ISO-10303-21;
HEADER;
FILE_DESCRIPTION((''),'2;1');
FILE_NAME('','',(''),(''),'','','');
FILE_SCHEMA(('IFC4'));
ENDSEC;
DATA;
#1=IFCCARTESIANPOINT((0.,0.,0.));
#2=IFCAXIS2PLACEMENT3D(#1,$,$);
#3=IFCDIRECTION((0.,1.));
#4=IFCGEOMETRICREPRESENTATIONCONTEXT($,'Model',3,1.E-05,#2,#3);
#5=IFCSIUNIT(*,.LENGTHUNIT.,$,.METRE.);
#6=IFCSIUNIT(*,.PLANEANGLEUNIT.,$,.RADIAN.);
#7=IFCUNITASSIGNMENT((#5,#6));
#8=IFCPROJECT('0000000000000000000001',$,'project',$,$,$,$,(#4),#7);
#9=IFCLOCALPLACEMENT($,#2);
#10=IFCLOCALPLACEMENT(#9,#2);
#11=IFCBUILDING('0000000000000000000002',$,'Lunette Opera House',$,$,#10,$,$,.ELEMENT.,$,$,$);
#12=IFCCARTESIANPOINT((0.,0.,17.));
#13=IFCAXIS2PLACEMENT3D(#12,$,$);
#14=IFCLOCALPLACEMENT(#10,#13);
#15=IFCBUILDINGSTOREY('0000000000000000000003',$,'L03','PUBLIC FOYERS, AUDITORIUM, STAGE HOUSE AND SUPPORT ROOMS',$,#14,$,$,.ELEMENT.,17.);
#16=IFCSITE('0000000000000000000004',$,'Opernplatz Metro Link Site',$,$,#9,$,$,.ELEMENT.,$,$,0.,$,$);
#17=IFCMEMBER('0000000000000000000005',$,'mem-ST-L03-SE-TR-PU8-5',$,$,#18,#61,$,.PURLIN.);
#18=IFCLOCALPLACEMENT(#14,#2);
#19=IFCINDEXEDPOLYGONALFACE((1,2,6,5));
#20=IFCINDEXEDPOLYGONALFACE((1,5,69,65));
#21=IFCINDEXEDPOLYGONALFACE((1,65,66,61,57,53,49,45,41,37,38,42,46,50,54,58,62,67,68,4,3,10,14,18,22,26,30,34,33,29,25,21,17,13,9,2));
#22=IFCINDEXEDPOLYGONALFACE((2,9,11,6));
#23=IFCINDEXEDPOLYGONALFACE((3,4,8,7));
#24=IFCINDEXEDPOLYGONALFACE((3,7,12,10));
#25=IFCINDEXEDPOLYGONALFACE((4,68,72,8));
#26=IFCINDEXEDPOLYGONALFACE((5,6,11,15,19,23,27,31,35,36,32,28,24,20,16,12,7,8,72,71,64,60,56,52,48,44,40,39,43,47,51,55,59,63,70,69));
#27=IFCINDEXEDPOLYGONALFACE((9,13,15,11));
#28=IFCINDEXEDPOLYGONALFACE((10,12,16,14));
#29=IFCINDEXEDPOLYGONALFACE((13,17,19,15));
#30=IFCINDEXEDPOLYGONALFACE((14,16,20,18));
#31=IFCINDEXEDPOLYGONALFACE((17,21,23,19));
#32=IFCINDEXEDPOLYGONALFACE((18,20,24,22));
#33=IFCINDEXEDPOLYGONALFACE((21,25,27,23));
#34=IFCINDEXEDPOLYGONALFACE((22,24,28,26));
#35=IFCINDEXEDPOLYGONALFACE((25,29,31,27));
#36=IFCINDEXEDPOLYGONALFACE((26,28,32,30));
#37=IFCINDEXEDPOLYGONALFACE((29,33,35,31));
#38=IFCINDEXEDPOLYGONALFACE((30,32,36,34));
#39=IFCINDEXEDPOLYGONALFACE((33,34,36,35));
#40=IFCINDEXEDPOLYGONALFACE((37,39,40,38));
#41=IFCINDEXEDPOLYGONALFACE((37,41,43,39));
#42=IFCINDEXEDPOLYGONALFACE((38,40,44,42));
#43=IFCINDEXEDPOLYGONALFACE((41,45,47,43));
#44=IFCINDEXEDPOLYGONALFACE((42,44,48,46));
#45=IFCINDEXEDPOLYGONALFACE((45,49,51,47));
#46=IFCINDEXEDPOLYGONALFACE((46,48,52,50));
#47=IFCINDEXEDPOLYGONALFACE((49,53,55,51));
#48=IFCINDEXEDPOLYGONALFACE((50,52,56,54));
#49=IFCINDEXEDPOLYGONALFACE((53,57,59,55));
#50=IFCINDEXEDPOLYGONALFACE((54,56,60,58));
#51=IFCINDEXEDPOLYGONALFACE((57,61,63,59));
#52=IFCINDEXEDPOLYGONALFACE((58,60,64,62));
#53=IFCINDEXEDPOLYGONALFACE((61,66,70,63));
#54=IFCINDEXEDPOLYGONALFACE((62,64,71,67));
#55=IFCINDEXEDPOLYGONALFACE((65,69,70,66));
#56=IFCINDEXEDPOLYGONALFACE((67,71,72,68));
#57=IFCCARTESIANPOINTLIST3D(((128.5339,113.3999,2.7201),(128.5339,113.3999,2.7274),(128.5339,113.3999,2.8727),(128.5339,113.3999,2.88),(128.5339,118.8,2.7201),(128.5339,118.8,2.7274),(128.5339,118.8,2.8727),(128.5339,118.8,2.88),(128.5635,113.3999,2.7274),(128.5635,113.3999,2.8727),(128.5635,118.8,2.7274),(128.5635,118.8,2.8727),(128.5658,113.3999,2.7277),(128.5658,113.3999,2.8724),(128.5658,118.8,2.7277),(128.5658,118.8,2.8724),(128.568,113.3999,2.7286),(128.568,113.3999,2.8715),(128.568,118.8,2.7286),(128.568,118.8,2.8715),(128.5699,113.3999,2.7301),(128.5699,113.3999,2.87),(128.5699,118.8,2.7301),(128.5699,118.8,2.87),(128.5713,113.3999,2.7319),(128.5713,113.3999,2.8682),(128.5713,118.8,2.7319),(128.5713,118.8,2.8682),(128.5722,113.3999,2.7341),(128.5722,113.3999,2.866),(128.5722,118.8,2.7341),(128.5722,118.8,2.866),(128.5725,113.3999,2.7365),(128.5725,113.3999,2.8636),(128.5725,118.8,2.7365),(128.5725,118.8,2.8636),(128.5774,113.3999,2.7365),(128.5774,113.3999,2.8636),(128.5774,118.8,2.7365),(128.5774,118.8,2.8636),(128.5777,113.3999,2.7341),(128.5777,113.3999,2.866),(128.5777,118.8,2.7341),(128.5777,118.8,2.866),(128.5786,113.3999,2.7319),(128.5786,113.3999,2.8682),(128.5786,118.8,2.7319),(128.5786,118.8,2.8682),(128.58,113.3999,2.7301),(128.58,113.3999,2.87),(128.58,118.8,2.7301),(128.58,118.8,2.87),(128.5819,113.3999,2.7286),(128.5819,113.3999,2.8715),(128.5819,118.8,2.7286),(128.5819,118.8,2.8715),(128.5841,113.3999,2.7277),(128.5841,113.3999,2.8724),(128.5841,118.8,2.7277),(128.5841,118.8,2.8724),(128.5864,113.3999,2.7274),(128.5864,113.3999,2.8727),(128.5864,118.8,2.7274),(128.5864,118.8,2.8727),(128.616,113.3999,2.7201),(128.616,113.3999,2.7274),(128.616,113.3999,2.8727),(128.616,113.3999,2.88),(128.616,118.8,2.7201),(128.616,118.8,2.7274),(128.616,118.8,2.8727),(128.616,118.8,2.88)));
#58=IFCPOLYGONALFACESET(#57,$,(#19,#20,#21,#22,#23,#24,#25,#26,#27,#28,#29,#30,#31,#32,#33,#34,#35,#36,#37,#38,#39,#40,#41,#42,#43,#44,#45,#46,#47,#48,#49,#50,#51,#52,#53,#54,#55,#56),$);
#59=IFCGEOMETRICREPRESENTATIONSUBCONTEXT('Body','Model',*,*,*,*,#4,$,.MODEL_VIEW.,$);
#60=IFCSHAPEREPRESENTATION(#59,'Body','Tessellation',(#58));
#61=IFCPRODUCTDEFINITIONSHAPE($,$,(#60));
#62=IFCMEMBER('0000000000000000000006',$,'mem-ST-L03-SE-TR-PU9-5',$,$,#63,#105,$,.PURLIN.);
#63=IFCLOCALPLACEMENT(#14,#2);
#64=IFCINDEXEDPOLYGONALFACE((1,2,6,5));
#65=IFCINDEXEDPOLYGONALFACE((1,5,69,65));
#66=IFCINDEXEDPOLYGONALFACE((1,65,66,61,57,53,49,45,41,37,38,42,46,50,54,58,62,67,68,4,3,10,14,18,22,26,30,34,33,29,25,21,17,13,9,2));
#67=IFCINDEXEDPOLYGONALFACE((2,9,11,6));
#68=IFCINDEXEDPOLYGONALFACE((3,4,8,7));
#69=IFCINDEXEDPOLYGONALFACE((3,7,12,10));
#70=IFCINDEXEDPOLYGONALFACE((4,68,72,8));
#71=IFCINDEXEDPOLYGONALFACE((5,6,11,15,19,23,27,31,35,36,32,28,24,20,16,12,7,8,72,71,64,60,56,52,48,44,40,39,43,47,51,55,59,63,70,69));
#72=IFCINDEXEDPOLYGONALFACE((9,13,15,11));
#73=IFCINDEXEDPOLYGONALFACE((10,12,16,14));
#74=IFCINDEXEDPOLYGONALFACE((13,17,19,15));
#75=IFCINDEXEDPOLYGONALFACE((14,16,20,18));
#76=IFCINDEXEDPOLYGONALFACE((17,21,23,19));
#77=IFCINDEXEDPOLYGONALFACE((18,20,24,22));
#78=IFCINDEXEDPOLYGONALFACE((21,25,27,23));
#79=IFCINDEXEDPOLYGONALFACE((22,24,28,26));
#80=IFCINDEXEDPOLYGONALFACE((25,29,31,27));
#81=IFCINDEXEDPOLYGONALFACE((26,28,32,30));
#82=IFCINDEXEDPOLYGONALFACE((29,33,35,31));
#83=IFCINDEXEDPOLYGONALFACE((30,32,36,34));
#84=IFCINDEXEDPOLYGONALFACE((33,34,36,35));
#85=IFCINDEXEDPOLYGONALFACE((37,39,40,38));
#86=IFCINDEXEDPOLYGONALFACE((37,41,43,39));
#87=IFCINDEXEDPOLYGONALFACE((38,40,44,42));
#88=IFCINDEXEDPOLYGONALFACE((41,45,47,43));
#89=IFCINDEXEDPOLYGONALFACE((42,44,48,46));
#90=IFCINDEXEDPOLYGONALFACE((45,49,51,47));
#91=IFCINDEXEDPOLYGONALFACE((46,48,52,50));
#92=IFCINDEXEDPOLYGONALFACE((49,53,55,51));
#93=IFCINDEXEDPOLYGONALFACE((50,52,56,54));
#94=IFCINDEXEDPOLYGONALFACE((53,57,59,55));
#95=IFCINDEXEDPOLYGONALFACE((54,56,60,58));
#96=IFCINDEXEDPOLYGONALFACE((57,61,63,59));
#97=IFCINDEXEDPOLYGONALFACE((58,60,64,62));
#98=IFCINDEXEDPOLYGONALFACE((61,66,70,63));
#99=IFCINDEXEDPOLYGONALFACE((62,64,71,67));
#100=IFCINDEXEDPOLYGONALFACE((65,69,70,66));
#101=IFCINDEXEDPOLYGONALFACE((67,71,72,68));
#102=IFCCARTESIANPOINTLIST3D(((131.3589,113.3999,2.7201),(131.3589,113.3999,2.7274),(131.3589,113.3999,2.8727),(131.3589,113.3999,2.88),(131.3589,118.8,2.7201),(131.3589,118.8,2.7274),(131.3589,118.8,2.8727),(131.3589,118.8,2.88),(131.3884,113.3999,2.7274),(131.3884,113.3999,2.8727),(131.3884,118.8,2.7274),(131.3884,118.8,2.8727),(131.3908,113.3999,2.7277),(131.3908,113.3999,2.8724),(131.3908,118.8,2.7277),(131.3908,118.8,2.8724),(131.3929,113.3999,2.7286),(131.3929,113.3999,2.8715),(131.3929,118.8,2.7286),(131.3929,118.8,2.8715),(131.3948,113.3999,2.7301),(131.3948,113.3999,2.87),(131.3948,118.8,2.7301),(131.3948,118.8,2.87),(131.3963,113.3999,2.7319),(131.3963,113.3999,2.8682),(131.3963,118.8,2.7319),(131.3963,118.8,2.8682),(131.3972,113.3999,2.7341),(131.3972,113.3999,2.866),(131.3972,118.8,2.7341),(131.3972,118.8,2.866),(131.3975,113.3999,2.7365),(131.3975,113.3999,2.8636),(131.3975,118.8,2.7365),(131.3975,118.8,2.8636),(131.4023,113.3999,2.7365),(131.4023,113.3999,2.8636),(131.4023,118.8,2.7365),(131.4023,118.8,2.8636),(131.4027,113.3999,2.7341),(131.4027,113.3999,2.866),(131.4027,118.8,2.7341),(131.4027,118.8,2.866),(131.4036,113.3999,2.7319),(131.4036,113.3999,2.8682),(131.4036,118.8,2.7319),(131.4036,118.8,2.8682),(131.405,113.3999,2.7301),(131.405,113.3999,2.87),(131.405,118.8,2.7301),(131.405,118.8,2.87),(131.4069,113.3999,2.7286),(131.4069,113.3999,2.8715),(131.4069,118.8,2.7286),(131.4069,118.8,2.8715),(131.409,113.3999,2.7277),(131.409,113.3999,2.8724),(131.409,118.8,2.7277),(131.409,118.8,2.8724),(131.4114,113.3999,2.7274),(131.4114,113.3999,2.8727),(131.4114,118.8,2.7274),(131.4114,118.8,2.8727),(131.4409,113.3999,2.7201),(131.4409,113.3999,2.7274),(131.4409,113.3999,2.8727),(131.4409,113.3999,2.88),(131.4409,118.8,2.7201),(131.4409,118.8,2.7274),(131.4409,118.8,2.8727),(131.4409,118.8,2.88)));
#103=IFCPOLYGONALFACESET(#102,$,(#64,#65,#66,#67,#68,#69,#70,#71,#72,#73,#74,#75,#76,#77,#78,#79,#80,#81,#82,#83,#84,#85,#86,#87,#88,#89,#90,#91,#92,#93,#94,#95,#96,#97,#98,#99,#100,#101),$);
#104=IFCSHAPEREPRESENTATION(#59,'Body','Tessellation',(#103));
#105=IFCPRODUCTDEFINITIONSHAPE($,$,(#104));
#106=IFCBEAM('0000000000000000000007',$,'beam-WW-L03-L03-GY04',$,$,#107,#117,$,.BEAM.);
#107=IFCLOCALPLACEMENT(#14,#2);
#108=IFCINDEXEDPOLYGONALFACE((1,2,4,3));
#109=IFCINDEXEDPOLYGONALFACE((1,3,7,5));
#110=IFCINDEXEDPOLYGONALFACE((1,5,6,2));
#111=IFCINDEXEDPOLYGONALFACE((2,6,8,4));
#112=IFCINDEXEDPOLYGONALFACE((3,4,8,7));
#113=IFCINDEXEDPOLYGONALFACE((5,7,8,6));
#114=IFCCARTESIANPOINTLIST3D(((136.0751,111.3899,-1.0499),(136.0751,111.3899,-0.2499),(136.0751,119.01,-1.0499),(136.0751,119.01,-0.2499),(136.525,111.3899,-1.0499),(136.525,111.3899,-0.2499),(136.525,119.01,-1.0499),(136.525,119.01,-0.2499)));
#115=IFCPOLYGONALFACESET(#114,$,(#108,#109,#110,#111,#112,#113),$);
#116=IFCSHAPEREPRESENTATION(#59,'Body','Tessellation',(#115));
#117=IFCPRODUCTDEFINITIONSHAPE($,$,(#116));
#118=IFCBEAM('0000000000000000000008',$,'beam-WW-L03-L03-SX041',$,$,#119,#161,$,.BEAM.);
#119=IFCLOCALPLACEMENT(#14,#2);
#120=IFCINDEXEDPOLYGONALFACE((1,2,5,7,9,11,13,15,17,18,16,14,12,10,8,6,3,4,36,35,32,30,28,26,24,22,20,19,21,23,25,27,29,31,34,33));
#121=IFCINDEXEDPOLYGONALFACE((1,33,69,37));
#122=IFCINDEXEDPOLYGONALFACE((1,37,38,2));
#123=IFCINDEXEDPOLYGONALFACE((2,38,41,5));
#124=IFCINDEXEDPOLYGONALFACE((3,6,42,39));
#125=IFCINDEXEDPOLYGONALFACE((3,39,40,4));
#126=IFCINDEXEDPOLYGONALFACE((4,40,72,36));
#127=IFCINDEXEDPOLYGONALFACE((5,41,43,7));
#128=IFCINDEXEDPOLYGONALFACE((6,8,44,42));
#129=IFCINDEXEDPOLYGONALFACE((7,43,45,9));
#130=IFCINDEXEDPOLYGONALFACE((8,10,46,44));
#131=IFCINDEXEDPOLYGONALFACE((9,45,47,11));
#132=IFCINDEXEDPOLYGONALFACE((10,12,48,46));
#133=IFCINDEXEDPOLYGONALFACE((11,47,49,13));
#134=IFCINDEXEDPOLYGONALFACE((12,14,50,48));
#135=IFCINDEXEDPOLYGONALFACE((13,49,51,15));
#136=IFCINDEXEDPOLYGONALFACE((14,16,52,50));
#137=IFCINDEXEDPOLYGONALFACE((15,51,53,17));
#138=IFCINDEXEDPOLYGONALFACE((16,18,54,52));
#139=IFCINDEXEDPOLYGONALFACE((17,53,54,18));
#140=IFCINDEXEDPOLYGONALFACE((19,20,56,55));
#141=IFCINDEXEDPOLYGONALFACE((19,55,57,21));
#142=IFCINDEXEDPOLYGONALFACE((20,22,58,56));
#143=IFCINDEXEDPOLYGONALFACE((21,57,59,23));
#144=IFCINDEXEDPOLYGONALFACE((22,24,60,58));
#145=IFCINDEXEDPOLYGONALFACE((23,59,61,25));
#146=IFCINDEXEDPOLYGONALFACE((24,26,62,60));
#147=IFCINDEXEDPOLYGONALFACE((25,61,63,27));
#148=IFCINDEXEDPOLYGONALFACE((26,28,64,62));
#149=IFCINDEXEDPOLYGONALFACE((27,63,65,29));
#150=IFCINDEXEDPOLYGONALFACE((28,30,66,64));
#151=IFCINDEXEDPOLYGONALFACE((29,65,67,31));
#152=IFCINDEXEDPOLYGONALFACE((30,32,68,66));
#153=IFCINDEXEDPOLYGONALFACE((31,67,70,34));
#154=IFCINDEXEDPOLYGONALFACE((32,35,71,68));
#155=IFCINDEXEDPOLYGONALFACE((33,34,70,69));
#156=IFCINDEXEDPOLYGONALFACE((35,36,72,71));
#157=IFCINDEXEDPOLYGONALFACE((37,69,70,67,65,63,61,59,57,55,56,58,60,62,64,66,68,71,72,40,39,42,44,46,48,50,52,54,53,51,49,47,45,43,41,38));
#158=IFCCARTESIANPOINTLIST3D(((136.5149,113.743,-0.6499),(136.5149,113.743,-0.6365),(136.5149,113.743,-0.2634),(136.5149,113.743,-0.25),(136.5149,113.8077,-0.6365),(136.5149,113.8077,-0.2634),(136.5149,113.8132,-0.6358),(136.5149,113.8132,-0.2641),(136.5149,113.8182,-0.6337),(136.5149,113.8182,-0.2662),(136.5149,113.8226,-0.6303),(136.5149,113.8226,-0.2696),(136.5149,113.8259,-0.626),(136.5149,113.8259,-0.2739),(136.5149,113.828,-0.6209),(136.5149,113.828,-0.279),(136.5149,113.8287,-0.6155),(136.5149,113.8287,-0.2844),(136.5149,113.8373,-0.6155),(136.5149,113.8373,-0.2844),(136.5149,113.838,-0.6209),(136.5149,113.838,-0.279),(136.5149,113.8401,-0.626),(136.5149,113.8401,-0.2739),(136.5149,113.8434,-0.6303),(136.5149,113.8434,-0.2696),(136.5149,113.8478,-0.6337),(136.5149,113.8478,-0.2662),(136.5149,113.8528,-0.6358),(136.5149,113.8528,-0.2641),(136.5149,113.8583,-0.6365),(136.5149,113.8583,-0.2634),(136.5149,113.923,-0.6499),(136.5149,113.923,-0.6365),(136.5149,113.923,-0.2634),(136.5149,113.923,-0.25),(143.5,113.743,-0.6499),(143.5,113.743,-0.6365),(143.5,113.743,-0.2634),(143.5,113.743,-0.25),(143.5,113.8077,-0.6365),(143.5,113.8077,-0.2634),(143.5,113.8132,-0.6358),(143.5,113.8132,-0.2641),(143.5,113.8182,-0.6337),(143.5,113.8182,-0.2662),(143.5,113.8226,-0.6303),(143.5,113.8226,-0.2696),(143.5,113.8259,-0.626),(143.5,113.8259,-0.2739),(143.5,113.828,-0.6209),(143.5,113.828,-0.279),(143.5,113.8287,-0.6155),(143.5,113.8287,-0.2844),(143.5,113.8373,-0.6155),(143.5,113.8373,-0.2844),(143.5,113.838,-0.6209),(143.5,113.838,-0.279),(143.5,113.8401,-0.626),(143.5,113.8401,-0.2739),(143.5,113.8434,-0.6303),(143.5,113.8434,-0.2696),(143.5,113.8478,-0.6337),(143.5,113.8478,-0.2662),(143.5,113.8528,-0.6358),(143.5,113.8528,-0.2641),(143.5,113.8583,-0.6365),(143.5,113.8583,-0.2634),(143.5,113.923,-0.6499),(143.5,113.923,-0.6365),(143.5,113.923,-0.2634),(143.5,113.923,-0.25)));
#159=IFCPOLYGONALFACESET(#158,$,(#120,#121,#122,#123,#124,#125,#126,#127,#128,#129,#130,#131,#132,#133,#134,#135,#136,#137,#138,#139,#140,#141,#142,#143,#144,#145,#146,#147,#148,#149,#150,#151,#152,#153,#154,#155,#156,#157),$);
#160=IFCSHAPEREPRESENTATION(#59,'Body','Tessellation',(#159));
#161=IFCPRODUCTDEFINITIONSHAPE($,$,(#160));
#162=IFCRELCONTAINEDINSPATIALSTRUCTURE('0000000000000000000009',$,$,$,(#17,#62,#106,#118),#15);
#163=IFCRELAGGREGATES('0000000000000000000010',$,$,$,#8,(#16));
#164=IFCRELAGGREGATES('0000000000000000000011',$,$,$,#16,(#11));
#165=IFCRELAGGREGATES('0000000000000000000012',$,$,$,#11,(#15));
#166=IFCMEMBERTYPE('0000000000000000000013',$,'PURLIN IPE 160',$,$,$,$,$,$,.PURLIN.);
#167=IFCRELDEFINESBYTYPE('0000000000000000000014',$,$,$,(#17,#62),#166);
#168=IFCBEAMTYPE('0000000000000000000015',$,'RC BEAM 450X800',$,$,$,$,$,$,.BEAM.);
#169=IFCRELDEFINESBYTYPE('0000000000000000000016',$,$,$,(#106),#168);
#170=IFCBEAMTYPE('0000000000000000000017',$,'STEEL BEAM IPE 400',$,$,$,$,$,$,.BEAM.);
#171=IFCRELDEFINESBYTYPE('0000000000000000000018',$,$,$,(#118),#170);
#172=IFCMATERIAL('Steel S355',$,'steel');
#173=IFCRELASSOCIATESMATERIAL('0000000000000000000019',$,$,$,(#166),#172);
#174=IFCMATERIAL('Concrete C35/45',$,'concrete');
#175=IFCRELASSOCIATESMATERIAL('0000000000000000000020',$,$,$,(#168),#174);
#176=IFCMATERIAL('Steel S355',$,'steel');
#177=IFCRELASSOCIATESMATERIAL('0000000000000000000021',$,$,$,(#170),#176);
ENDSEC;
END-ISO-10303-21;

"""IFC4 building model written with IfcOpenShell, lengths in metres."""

from ifc_helpers import new_model, si_unit, direction, frame, origin, origin_2d, place, context, subcontext, project, spatial, rectangle, i_section, extrude, material, material_profile, profile_set, type_object, element, save


model = new_model("IFC4")

# Units and contexts
model_context = context("Model", 3, precision=1e-05, world=origin(), true_north=direction((0.0, 1.0)))
body_context = subcontext(model_context, "Body", "Model", "MODEL_VIEW")
ifc_project = project(units=[si_unit("LENGTHUNIT", "METRE"), si_unit("PLANEANGLEUNIT", "RADIAN")], contexts=[model_context])

# Site, building, storey
site_placement = place(None, origin())
site = spatial("IfcSite", under=ifc_project, at=site_placement, Name="Opernplatz Metro Link Site", CompositionType="ELEMENT", RefElevation=0.0)
building_placement = place(site_placement, origin())
building = spatial("IfcBuilding", under=site, at=building_placement, Name="Lunette Opera House", CompositionType="ELEMENT")
storey_placement = place(building_placement, frame((0.0, 0.0, 17.0)))
storey = spatial("IfcBuildingStorey", under=building, at=storey_placement, Name="L03", Description="PUBLIC FOYERS, AUDITORIUM, STAGE HOUSE AND SUPPORT ROOMS", CompositionType="ELEMENT", Elevation=17.0)

# Members
ifc_material_1 = material(Name="Steel S355", Category="steel")
ifc_material_profile_1 = material_profile(ifc_material_1, i_section(OverallWidth=0.082, OverallDepth=0.1599, WebThickness=0.0049, FlangeThickness=0.0073, FilletRadius=0.009, at=origin_2d()), Name="IPE 160")
ifc_profile_set_1 = profile_set([ifc_material_profile_1], Name="Steel S355")
member_type_1 = type_object("IfcMemberType", Name="PURLIN IPE 160", PredefinedType="PURLIN", material=ifc_profile_set_1)
for number, where, z_axis, x_axis, name in (
    (1, (128.575, 113.3999, 2.8), (0.0, 1.0, 0.0), (-1.0, 0.0, 0.0), "mem-ST-L03-SE-TR-PU8-5"),
    (2, (131.3999, 113.3999, 2.8), (0.0, 1.0, 0.0), (-1.0, 0.0, 0.0), "mem-ST-L03-SE-TR-PU9-5"),
):
    element("IfcMember", number, at=place(storey_placement, frame(where, z_axis=z_axis, x_axis=x_axis)), inside=storey, type_object=member_type_1, Name=name, PredefinedType="PURLIN", context=body_context, shape_type="SweptSolid", body=[
        extrude(i_section(OverallWidth=0.082, OverallDepth=0.1599, WebThickness=0.0049, FlangeThickness=0.0073, FilletRadius=0.009, at=origin_2d()), origin(), (0.0, 0.0, 1.0), 5.4001),
    ])

# Beams
ifc_material_2 = material(Name="Concrete C35/45", Category="concrete")
ifc_material_profile_2 = material_profile(ifc_material_2, rectangle(XDim=0.45, YDim=0.8, at=origin_2d()), Name="RC BEAM 450X800")
ifc_profile_set_2 = profile_set([ifc_material_profile_2], Name="Concrete C35/45")
beam_type_1 = type_object("IfcBeamType", Name="RC BEAM 450X800", PredefinedType="BEAM", material=ifc_profile_set_2)
beam_placement = place(storey_placement, frame((136.3, 111.3899, -0.6499), z_axis=(0.0, 1.0, 0.0), x_axis=(-1.0, 0.0, 0.0)))
element("IfcBeam", 3, at=beam_placement, inside=storey, type_object=beam_type_1, Name="beam-WW-L03-L03-GY04", PredefinedType="BEAM", context=body_context, shape_type="SweptSolid", body=[
    extrude(rectangle(XDim=0.45, YDim=0.8, at=origin_2d()), origin(), (0.0, 0.0, 1.0), 7.6201),
])
ifc_material_3 = material(Name="Steel S355", Category="steel")
ifc_material_profile_3 = material_profile(ifc_material_3, i_section(OverallWidth=0.1799, OverallDepth=0.3999, WebThickness=0.0085, FlangeThickness=0.0134, FilletRadius=0.021, at=origin_2d()), Name="IPE 400")
ifc_profile_set_3 = profile_set([ifc_material_profile_3], Name="Steel S355")
beam_type_2 = type_object("IfcBeamType", Name="STEEL BEAM IPE 400", PredefinedType="BEAM", material=ifc_profile_set_3)
for number, where, z_axis, x_axis, name in (
    (4, (136.5149, 113.833, -0.45), (1.0, 0.0, 0.0), (0.0, 1.0, 0.0), "beam-WW-L03-L03-SX041"),
):
    element("IfcBeam", number, at=place(storey_placement, frame(where, z_axis=z_axis, x_axis=x_axis)), inside=storey, type_object=beam_type_2, Name=name, PredefinedType="BEAM", context=body_context, shape_type="SweptSolid", body=[
        extrude(i_section(OverallWidth=0.1799, OverallDepth=0.3999, WebThickness=0.0085, FlangeThickness=0.0134, FilletRadius=0.021, at=origin_2d()), origin(), (0.0, 0.0, 1.0), 6.9851),
    ])

save(model, "model.ifc")
